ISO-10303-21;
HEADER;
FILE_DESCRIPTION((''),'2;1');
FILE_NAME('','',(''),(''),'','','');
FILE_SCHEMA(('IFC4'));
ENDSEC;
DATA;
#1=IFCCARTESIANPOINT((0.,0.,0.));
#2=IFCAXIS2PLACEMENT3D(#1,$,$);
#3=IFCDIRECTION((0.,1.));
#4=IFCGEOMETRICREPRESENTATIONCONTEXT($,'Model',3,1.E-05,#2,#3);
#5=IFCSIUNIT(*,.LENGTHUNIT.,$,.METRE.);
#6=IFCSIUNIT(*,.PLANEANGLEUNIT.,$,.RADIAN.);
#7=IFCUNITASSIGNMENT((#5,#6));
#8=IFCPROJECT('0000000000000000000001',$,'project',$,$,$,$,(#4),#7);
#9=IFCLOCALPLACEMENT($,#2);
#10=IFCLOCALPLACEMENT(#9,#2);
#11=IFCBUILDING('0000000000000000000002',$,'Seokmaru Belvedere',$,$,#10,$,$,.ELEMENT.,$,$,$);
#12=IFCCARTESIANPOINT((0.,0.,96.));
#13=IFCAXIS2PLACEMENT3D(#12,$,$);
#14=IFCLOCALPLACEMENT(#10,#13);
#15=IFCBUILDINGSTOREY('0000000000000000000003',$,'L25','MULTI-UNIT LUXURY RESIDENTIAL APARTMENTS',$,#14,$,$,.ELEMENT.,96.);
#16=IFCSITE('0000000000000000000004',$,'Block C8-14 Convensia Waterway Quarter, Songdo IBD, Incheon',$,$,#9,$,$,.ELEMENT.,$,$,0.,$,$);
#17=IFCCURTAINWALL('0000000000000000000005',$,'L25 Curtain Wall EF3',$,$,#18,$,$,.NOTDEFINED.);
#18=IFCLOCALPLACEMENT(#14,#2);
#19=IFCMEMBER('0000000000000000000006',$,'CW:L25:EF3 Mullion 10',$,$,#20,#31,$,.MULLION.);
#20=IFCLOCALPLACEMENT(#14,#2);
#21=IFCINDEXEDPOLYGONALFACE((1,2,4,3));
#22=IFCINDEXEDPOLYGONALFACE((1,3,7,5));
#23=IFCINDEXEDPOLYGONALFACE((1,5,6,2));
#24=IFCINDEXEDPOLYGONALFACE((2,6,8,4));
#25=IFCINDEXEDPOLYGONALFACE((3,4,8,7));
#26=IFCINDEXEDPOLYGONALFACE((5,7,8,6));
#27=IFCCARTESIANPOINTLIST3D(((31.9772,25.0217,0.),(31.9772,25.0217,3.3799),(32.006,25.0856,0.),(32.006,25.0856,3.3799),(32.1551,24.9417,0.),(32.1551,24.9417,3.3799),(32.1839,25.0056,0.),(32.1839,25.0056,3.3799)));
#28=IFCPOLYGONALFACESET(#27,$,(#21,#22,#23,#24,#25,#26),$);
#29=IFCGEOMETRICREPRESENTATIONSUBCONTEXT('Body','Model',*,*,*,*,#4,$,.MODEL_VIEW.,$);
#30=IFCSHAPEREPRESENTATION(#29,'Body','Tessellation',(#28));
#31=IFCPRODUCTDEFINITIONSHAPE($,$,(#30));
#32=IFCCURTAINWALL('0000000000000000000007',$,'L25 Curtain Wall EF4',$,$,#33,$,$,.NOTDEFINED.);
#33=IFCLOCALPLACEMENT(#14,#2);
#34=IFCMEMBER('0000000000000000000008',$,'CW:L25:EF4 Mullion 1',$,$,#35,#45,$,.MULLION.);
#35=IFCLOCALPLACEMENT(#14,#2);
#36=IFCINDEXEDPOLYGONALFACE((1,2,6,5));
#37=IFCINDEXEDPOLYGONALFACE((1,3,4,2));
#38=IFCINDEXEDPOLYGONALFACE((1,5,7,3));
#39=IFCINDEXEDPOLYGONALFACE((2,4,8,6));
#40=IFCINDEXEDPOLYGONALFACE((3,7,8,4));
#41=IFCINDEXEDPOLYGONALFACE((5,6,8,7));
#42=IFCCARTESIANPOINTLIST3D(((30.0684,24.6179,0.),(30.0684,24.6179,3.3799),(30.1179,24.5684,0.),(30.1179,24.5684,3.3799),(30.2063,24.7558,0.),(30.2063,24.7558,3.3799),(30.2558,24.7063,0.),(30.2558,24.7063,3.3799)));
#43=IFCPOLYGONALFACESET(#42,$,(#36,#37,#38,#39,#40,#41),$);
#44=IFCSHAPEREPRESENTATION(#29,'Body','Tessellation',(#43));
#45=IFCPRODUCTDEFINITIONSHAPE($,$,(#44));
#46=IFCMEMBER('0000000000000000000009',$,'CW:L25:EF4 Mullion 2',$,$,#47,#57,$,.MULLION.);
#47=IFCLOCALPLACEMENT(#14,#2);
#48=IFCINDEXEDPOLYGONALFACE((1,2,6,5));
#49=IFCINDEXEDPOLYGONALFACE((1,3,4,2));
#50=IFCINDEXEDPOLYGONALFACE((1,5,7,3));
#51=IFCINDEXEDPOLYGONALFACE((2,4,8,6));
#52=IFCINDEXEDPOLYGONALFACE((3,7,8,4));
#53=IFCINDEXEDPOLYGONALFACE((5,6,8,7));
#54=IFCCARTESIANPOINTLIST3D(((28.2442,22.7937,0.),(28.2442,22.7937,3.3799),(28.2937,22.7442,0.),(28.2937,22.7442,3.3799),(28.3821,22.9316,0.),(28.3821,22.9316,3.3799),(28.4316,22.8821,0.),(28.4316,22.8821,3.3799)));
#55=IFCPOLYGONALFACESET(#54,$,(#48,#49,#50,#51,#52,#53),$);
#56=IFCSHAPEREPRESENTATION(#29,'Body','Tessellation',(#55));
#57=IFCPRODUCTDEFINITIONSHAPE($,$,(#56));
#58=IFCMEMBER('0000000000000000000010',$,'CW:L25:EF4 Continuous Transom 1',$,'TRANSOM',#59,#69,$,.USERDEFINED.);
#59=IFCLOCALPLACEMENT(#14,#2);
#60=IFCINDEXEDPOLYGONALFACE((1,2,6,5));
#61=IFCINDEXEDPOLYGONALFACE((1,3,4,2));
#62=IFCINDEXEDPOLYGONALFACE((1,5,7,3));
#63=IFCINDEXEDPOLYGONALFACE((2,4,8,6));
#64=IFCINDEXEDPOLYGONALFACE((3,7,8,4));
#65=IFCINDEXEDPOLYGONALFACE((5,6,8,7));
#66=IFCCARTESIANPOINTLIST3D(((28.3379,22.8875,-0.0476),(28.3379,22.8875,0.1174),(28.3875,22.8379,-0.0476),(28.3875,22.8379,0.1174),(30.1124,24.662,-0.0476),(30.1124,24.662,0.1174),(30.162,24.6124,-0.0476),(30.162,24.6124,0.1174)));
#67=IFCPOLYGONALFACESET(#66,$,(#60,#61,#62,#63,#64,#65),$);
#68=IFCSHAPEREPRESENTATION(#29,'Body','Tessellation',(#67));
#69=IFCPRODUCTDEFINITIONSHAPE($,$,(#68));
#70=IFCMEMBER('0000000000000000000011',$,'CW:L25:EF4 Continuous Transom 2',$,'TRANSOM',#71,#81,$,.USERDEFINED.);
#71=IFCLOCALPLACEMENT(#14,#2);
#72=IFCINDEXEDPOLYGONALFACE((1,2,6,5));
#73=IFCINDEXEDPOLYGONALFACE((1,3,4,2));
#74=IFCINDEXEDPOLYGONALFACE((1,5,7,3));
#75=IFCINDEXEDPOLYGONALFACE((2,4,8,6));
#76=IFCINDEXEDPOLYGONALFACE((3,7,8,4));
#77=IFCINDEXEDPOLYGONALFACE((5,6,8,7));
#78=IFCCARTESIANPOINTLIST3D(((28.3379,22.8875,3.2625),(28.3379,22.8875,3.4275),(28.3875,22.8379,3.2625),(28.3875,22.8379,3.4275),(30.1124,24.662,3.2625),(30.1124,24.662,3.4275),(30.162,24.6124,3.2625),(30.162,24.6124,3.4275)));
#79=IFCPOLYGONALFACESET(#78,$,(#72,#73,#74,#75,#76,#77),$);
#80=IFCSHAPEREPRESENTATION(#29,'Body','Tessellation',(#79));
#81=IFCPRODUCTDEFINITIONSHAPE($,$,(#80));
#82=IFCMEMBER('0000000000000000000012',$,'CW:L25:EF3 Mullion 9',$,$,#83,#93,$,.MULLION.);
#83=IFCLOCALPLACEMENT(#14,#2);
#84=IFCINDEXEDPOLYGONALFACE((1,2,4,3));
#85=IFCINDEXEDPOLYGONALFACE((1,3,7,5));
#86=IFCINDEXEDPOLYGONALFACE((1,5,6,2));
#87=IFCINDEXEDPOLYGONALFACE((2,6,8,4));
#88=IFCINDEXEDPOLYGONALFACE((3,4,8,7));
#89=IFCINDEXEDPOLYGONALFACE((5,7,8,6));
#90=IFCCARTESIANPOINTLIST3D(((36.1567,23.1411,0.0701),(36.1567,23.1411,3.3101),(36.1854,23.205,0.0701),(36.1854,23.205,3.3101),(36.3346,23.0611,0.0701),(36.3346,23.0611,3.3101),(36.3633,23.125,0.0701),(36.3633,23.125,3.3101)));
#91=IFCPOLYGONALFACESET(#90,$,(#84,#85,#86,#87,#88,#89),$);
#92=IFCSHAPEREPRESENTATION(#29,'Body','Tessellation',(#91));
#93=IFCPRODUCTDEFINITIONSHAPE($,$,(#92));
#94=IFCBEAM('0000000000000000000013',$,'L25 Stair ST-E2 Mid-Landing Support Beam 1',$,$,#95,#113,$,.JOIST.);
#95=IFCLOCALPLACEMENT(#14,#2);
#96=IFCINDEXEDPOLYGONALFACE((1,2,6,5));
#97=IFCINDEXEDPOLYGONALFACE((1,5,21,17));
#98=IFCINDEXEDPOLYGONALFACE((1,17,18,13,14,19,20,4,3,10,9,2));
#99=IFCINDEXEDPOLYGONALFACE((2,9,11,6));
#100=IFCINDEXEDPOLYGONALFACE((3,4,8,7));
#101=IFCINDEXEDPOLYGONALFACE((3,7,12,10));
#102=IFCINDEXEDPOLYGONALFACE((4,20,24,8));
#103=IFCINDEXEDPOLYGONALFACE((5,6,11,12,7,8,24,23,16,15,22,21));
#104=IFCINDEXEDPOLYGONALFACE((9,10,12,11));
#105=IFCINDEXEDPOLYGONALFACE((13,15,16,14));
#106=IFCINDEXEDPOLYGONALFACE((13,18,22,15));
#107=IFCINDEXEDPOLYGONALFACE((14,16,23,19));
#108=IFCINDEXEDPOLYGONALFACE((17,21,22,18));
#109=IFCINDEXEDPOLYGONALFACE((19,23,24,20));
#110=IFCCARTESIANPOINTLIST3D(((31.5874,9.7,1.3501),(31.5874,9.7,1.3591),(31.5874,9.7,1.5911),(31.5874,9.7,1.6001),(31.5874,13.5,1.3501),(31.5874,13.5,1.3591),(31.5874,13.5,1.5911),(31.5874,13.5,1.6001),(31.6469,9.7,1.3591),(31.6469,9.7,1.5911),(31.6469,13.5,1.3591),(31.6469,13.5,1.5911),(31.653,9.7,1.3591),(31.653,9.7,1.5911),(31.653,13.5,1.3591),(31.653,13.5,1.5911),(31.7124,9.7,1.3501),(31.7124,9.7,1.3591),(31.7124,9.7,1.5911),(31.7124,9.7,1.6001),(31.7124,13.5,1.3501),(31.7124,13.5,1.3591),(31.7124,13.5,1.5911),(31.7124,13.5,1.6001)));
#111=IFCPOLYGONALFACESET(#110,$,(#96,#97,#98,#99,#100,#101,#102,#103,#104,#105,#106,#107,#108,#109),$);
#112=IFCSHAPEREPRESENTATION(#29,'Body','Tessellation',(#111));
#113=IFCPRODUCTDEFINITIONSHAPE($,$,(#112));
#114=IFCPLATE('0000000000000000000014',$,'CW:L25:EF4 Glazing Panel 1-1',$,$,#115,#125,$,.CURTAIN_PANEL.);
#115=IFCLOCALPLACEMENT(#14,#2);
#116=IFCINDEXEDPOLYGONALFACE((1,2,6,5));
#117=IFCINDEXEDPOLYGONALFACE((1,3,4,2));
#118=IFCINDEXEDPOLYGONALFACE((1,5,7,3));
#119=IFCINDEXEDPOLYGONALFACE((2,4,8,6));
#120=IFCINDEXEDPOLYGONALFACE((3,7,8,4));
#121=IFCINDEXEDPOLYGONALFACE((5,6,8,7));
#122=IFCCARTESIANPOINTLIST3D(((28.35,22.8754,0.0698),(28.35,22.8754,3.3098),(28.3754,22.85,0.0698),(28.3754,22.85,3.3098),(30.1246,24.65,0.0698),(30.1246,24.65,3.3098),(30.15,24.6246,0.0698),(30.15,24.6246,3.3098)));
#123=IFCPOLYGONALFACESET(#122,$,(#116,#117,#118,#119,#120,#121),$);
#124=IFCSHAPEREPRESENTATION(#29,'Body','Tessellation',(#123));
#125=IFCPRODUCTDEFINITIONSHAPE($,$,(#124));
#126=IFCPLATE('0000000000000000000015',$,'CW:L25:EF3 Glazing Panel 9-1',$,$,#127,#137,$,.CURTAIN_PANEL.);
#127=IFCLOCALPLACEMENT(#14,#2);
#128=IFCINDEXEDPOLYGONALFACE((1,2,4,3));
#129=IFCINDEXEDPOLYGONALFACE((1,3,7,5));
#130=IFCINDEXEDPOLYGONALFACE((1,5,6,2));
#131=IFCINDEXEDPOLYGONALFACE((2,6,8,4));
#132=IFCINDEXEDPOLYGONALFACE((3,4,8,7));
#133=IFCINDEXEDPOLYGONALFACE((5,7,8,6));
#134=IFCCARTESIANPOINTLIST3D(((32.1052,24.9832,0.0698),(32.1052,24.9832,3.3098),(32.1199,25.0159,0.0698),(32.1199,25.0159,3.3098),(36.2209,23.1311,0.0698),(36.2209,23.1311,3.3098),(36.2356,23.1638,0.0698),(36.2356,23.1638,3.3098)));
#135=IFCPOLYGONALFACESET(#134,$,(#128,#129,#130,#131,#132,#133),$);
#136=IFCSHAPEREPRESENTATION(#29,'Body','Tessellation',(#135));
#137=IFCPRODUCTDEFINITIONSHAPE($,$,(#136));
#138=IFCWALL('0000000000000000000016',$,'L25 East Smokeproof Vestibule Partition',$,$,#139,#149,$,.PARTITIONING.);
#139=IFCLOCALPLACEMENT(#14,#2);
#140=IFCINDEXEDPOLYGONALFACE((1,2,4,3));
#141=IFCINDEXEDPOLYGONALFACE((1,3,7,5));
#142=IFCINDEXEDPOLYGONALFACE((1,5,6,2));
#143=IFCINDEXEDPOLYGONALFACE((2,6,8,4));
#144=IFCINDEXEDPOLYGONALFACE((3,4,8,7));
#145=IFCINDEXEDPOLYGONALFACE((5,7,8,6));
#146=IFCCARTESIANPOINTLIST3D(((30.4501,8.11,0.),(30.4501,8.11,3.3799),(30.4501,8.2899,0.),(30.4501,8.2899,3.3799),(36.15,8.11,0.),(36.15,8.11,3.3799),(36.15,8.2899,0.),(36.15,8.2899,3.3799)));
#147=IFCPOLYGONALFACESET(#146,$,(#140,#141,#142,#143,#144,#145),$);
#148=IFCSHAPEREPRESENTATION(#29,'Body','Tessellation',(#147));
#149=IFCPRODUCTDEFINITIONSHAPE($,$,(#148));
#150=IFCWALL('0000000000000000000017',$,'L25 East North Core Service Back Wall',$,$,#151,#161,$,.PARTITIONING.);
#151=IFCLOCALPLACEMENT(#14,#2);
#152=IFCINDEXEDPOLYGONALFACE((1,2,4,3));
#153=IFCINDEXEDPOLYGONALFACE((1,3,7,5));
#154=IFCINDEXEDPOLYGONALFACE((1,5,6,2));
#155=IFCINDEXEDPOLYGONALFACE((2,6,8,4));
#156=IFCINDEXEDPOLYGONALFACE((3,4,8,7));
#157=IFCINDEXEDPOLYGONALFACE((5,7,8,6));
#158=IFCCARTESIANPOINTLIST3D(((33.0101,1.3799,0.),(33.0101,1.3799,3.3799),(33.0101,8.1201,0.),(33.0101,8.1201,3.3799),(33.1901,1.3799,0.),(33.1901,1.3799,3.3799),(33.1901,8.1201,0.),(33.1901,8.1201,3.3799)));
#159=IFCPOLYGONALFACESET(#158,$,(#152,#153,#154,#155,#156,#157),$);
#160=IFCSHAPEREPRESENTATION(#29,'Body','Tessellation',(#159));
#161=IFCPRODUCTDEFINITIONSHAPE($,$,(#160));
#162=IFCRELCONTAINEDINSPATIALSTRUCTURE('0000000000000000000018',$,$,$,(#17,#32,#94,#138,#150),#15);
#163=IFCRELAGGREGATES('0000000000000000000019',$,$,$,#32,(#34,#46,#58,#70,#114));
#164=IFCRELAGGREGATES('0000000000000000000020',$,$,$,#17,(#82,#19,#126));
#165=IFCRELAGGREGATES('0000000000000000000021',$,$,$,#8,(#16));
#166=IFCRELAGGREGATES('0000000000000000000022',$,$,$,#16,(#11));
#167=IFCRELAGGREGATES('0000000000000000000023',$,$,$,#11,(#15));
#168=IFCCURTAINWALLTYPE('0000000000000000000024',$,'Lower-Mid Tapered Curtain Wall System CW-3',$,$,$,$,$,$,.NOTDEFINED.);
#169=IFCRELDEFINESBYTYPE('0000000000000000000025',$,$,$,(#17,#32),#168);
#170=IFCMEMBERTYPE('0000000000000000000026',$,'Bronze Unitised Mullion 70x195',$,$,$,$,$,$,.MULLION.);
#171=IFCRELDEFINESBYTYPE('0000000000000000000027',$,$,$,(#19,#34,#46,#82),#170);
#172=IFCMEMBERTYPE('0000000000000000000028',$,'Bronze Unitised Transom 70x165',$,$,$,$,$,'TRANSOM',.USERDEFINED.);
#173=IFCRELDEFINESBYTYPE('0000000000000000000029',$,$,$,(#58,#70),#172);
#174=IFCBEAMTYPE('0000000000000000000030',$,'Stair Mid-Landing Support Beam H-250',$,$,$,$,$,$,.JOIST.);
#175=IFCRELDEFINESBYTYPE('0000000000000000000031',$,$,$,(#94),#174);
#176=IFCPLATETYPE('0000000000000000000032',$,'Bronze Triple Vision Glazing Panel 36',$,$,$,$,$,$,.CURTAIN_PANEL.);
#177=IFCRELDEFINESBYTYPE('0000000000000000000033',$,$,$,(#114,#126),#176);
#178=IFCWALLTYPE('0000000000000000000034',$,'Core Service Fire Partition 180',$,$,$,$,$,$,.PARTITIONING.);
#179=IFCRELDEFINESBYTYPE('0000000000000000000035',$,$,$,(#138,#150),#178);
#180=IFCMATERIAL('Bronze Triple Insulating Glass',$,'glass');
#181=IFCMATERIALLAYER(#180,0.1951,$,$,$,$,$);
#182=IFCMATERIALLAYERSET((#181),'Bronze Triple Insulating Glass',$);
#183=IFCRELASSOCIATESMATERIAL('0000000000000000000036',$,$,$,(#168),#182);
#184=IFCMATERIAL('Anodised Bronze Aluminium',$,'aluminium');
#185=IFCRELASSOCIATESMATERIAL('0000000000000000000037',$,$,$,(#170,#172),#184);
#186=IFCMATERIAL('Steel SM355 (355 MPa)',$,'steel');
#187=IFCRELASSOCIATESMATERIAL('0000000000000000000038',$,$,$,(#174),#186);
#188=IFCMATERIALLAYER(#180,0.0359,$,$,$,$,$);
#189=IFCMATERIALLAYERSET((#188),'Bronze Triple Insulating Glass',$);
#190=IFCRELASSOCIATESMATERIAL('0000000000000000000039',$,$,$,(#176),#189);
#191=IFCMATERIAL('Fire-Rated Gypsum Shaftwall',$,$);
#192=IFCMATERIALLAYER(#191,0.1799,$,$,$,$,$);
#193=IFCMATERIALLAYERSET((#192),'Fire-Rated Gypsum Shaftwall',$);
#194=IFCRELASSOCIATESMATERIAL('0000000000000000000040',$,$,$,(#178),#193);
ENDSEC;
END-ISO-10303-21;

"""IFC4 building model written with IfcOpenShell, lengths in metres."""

from ifc_helpers import new_model, si_unit, direction, frame, frame_2d, origin, origin_2d, place, context, subcontext, project, spatial, rectangle, i_section, extrude, source, transform, mapped, material, layer, layer_set, material_profile, profile_set, type_object, type_shapes, element, aggregate, save


model = new_model("IFC4")

# Units and contexts
model_context = context("Model", 3, precision=1e-05, world=origin(), true_north=direction((0.0, 1.0)))
body_context = subcontext(model_context, "Body", "Model", "MODEL_VIEW")
ifc_project = project(units=[si_unit("LENGTHUNIT", "METRE"), si_unit("PLANEANGLEUNIT", "RADIAN")], contexts=[model_context])

# Site, building, storey
site_placement = place(None, origin())
site = spatial("IfcSite", under=ifc_project, at=site_placement, Name="Block C8-14 Convensia Waterway Quarter, Songdo IBD, Incheon", CompositionType="ELEMENT", RefElevation=0.0)
building_placement = place(site_placement, origin())
building = spatial("IfcBuilding", under=site, at=building_placement, Name="Seokmaru Belvedere", CompositionType="ELEMENT")
storey_placement = place(building_placement, frame((0.0, 0.0, 96.0)))
storey = spatial("IfcBuildingStorey", under=building, at=storey_placement, Name="L25", Description="MULTI-UNIT LUXURY RESIDENTIAL APARTMENTS", CompositionType="ELEMENT", Elevation=96.0)

# Shared definitions
ifc_material_1 = material(Name="Steel SM355 (355 MPa)", Category="steel")

# Curtain wall, member
ifc_material_2 = material(Name="Bronze Triple Insulating Glass", Category="glass")
ifc_layer_1 = layer(ifc_material_2, 0.1951)
ifc_layer_set_1 = layer_set([ifc_layer_1], Name="Bronze Triple Insulating Glass")
curtain_wall_type = type_object("IfcCurtainWallType", Name="Lower-Mid Tapered Curtain Wall System CW-3", PredefinedType="NOTDEFINED", material=ifc_layer_set_1)
curtain_wall_1_placement = place(storey_placement, origin())
curtain_wall_1 = element("IfcCurtainWall", 1, at=curtain_wall_1_placement, inside=storey, type_object=curtain_wall_type, Name="L25 Curtain Wall EF3", PredefinedType="NOTDEFINED")
ifc_material_3 = material(Name="Anodised Bronze Aluminium", Category="aluminium")
ifc_material_profile_1 = material_profile(ifc_material_3, rectangle(XDim=0.0701, YDim=0.1951, at=origin_2d()), Name="CW-M-70x195")
ifc_profile_set_1 = profile_set([ifc_material_profile_1], Name="Anodised Bronze Aluminium")
member_type_1 = type_object("IfcMemberType", Name="Bronze Unitised Mullion 70x195", PredefinedType="MULLION", material=ifc_profile_set_1)
shared_shape_1 = source(origin(), body_context, "Body", "SweptSolid", [
    extrude(rectangle(XDim=0.0701, YDim=0.1951, at=origin_2d()), origin(), (0.0, 0.0, 1.0), 3.3799),
])
member_1_placement = place(storey_placement, frame((32.0806, 25.0137, 0.0), z_axis=(0.0, 0.0, 1.0), x_axis=(-0.410366, -0.911921, 0.0)))
member_1 = element("IfcMember", 2, at=member_1_placement, type_object=member_type_1, Name="CW:L25:EF3 Mullion 10", PredefinedType="MULLION", context=body_context, shape_type="MappedRepresentation", body=[
    mapped(shared_shape_1, transform((0.0, 0.0, 0.0), scale=1.0)),
])

# Curtain wall, members
curtain_wall_2_placement = place(storey_placement, origin())
curtain_wall_2 = element("IfcCurtainWall", 3, at=curtain_wall_2_placement, inside=storey, type_object=curtain_wall_type, Name="L25 Curtain Wall EF4", PredefinedType="NOTDEFINED")
member_2_placement = place(storey_placement, frame((30.1621, 24.6621, 0.0), z_axis=(0.0, 0.0, 1.0), x_axis=(0.707107, -0.707107, 0.0)))
member_2 = element("IfcMember", 4, at=member_2_placement, type_object=member_type_1, Name="CW:L25:EF4 Mullion 1", PredefinedType="MULLION", context=body_context, shape_type="MappedRepresentation", body=[
    mapped(shared_shape_1, transform((0.0, 0.0, 0.0), scale=1.0)),
])
member_3_placement = place(storey_placement, frame((28.3379, 22.8379, 0.0), z_axis=(0.0, 0.0, 1.0), x_axis=(0.707107, -0.707107, 0.0)))
member_3 = element("IfcMember", 5, at=member_3_placement, type_object=member_type_1, Name="CW:L25:EF4 Mullion 2", PredefinedType="MULLION", context=body_context, shape_type="MappedRepresentation", body=[
    mapped(shared_shape_1, transform((0.0, 0.0, 0.0), scale=1.0)),
])
ifc_material_profile_2 = material_profile(ifc_material_3, rectangle(XDim=0.0701, YDim=0.165, at=origin_2d()), Name="CW-T-70x165")
ifc_profile_set_2 = profile_set([ifc_material_profile_2], Name="Anodised Bronze Aluminium")
member_type_2 = type_object("IfcMemberType", Name="Bronze Unitised Transom 70x165", ElementType="TRANSOM", PredefinedType="USERDEFINED", material=ifc_profile_set_2)
shared_shape_2 = source(origin(), body_context, "Body", "SweptSolid", [
    extrude(rectangle(XDim=0.0701, YDim=0.165, at=origin_2d()), origin(), (0.0, 0.0, 1.0), 2.5095),
])
type_shapes(member_type_2, [shared_shape_2])
member_4_placement = place(storey_placement, frame((30.1372, 24.6372, 0.0349), z_axis=(-0.707107, -0.707107, 0.0), x_axis=(0.707107, -0.707107, 0.0)))
member_4 = element("IfcMember", 6, at=member_4_placement, type_object=member_type_2, Name="CW:L25:EF4 Continuous Transom 1", ObjectType="TRANSOM", PredefinedType="USERDEFINED", context=body_context, shape_type="MappedRepresentation", body=[
    mapped(shared_shape_2, transform((0.0, 0.0, 0.0), scale=1.0)),
])
member_5_placement = place(storey_placement, frame((30.1372, 24.6372, 3.345), z_axis=(-0.707107, -0.707107, 0.0), x_axis=(0.707107, -0.707107, 0.0)))
member_5 = element("IfcMember", 7, at=member_5_placement, type_object=member_type_2, Name="CW:L25:EF4 Continuous Transom 2", ObjectType="TRANSOM", PredefinedType="USERDEFINED", context=body_context, shape_type="MappedRepresentation", body=[
    mapped(shared_shape_2, transform((0.0, 0.0, 0.0), scale=1.0)),
])

# Member
shared_shape_3 = source(origin(), body_context, "Body", "SweptSolid", [
    extrude(rectangle(XDim=0.0701, YDim=0.1951, at=origin_2d()), origin(), (0.0, 0.0, 1.0), 3.24),
])
type_shapes(member_type_1, [shared_shape_1, shared_shape_3])
member_6_placement = place(storey_placement, frame((36.26, 23.1331, 0.0701), z_axis=(0.0, 0.0, 1.0), x_axis=(-0.410366, -0.911921, 0.0)))
member_6 = element("IfcMember", 8, at=member_6_placement, type_object=member_type_1, Name="CW:L25:EF3 Mullion 9", PredefinedType="MULLION", context=body_context, shape_type="MappedRepresentation", body=[
    mapped(shared_shape_3, transform((0.0, 0.0, 0.0), scale=1.0)),
])

# Beam
ifc_material_profile_3 = material_profile(ifc_material_1, i_section(OverallWidth=0.125, OverallDepth=0.25, WebThickness=0.0061, FlangeThickness=0.009, at=origin_2d()), Name="H-250x125x6x9")
ifc_profile_set_3 = profile_set([ifc_material_profile_3], Name="Steel SM355 (355 MPa)")
beam_type_1 = type_object("IfcBeamType", Name="Stair Mid-Landing Support Beam H-250", PredefinedType="JOIST", material=ifc_profile_set_3)
shared_shape_4 = source(origin(), body_context, "Body", "SweptSolid", [
    extrude(i_section(OverallWidth=0.125, OverallDepth=0.25, WebThickness=0.0061, FlangeThickness=0.009, at=origin_2d()), origin(), (0.0, 0.0, 1.0), 3.8),
])
type_shapes(beam_type_1, [shared_shape_4])
beam_1_placement = place(storey_placement, frame((31.6499, 9.7, 1.4751), z_axis=(0.0, 1.0, 0.0), x_axis=(-1.0, 0.0, 0.0)))
element("IfcBeam", 9, at=beam_1_placement, inside=storey, type_object=beam_type_1, Name="L25 Stair ST-E2 Mid-Landing Support Beam 1", PredefinedType="JOIST", context=body_context, shape_type="MappedRepresentation", body=[
    mapped(shared_shape_4, transform((0.0, 0.0, 0.0), scale=1.0)),
])

# Plates
ifc_layer_2 = layer(ifc_material_2, 0.0359)
ifc_layer_set_2 = layer_set([ifc_layer_2], Name="Bronze Triple Insulating Glass")
plate_type = type_object("IfcPlateType", Name="Bronze Triple Vision Glazing Panel 36", PredefinedType="CURTAIN_PANEL", material=ifc_layer_set_2)
shared_shape_5 = source(origin(), body_context, "Body", "SweptSolid", [
    extrude(rectangle(XDim=2.5098, YDim=0.0359, at=origin_2d()), origin(), (0.0, 0.0, 1.0), 3.24),
])
plate_1_placement = place(storey_placement, frame((29.25, 23.75, 0.0698), z_axis=(0.0, 0.0, 1.0), x_axis=(-0.707107, -0.707107, 0.0)))
plate_1 = element("IfcPlate", 10, at=plate_1_placement, type_object=plate_type, Name="CW:L25:EF4 Glazing Panel 1-1", PredefinedType="CURTAIN_PANEL", context=body_context, shape_type="MappedRepresentation", body=[
    mapped(shared_shape_5, transform((0.0, 0.0, 0.0), scale=1.0)),
])
aggregate(curtain_wall_2, [member_2, member_3, member_4, member_5, plate_1])
shared_shape_6 = source(origin(), body_context, "Body", "SweptSolid", [
    extrude(rectangle(XDim=4.5132, YDim=0.0359, at=origin_2d()), origin(), (0.0, 0.0, 1.0), 3.24),
])
type_shapes(plate_type, [shared_shape_5, shared_shape_6])
plate_2_placement = place(storey_placement, frame((34.1704, 24.0735, 0.0698), z_axis=(0.0, 0.0, 1.0), x_axis=(-0.911921, 0.410366, 0.0)))
plate_2 = element("IfcPlate", 11, at=plate_2_placement, type_object=plate_type, Name="CW:L25:EF3 Glazing Panel 9-1", PredefinedType="CURTAIN_PANEL", context=body_context, shape_type="MappedRepresentation", body=[
    mapped(shared_shape_6, transform((0.0, 0.0, 0.0), scale=1.0)),
])
aggregate(curtain_wall_1, [member_6, member_1, plate_2])

# Walls
ifc_material_4 = material(Name="Fire-Rated Gypsum Shaftwall")
ifc_layer_3 = layer(ifc_material_4, 0.1799)
ifc_layer_set_3 = layer_set([ifc_layer_3], Name="Fire-Rated Gypsum Shaftwall")
wall_type_1 = type_object("IfcWallType", Name="Core Service Fire Partition 180", PredefinedType="PARTITIONING", material=ifc_layer_set_3)
wall_1_placement = place(storey_placement, frame((30.45, 8.2, 0.0), z_axis=(0.0, 0.0, 1.0), x_axis=(1.0, 0.0, 0.0)))
element("IfcWall", 12, at=wall_1_placement, inside=storey, type_object=wall_type_1, Name="L25 East Smokeproof Vestibule Partition", PredefinedType="PARTITIONING", context=body_context, shape_type="SweptSolid", body=[
    extrude(rectangle(XDim=5.7, YDim=0.1799, at=frame_2d((2.8501, 0.0))), origin(), (0.0, 0.0, 1.0), 3.3799),
])
wall_2_placement = place(storey_placement, frame((33.1001, 1.3799, 0.0), z_axis=(0.0, 0.0, 1.0), x_axis=(0.0, 1.0, 0.0)))
element("IfcWall", 13, at=wall_2_placement, inside=storey, type_object=wall_type_1, Name="L25 East North Core Service Back Wall", PredefinedType="PARTITIONING", context=body_context, shape_type="SweptSolid", body=[
    extrude(rectangle(XDim=6.7402, YDim=0.1799, at=frame_2d((3.3701, 0.0))), origin(), (0.0, 0.0, 1.0), 3.3799),
])

save(model, "model.ifc")
